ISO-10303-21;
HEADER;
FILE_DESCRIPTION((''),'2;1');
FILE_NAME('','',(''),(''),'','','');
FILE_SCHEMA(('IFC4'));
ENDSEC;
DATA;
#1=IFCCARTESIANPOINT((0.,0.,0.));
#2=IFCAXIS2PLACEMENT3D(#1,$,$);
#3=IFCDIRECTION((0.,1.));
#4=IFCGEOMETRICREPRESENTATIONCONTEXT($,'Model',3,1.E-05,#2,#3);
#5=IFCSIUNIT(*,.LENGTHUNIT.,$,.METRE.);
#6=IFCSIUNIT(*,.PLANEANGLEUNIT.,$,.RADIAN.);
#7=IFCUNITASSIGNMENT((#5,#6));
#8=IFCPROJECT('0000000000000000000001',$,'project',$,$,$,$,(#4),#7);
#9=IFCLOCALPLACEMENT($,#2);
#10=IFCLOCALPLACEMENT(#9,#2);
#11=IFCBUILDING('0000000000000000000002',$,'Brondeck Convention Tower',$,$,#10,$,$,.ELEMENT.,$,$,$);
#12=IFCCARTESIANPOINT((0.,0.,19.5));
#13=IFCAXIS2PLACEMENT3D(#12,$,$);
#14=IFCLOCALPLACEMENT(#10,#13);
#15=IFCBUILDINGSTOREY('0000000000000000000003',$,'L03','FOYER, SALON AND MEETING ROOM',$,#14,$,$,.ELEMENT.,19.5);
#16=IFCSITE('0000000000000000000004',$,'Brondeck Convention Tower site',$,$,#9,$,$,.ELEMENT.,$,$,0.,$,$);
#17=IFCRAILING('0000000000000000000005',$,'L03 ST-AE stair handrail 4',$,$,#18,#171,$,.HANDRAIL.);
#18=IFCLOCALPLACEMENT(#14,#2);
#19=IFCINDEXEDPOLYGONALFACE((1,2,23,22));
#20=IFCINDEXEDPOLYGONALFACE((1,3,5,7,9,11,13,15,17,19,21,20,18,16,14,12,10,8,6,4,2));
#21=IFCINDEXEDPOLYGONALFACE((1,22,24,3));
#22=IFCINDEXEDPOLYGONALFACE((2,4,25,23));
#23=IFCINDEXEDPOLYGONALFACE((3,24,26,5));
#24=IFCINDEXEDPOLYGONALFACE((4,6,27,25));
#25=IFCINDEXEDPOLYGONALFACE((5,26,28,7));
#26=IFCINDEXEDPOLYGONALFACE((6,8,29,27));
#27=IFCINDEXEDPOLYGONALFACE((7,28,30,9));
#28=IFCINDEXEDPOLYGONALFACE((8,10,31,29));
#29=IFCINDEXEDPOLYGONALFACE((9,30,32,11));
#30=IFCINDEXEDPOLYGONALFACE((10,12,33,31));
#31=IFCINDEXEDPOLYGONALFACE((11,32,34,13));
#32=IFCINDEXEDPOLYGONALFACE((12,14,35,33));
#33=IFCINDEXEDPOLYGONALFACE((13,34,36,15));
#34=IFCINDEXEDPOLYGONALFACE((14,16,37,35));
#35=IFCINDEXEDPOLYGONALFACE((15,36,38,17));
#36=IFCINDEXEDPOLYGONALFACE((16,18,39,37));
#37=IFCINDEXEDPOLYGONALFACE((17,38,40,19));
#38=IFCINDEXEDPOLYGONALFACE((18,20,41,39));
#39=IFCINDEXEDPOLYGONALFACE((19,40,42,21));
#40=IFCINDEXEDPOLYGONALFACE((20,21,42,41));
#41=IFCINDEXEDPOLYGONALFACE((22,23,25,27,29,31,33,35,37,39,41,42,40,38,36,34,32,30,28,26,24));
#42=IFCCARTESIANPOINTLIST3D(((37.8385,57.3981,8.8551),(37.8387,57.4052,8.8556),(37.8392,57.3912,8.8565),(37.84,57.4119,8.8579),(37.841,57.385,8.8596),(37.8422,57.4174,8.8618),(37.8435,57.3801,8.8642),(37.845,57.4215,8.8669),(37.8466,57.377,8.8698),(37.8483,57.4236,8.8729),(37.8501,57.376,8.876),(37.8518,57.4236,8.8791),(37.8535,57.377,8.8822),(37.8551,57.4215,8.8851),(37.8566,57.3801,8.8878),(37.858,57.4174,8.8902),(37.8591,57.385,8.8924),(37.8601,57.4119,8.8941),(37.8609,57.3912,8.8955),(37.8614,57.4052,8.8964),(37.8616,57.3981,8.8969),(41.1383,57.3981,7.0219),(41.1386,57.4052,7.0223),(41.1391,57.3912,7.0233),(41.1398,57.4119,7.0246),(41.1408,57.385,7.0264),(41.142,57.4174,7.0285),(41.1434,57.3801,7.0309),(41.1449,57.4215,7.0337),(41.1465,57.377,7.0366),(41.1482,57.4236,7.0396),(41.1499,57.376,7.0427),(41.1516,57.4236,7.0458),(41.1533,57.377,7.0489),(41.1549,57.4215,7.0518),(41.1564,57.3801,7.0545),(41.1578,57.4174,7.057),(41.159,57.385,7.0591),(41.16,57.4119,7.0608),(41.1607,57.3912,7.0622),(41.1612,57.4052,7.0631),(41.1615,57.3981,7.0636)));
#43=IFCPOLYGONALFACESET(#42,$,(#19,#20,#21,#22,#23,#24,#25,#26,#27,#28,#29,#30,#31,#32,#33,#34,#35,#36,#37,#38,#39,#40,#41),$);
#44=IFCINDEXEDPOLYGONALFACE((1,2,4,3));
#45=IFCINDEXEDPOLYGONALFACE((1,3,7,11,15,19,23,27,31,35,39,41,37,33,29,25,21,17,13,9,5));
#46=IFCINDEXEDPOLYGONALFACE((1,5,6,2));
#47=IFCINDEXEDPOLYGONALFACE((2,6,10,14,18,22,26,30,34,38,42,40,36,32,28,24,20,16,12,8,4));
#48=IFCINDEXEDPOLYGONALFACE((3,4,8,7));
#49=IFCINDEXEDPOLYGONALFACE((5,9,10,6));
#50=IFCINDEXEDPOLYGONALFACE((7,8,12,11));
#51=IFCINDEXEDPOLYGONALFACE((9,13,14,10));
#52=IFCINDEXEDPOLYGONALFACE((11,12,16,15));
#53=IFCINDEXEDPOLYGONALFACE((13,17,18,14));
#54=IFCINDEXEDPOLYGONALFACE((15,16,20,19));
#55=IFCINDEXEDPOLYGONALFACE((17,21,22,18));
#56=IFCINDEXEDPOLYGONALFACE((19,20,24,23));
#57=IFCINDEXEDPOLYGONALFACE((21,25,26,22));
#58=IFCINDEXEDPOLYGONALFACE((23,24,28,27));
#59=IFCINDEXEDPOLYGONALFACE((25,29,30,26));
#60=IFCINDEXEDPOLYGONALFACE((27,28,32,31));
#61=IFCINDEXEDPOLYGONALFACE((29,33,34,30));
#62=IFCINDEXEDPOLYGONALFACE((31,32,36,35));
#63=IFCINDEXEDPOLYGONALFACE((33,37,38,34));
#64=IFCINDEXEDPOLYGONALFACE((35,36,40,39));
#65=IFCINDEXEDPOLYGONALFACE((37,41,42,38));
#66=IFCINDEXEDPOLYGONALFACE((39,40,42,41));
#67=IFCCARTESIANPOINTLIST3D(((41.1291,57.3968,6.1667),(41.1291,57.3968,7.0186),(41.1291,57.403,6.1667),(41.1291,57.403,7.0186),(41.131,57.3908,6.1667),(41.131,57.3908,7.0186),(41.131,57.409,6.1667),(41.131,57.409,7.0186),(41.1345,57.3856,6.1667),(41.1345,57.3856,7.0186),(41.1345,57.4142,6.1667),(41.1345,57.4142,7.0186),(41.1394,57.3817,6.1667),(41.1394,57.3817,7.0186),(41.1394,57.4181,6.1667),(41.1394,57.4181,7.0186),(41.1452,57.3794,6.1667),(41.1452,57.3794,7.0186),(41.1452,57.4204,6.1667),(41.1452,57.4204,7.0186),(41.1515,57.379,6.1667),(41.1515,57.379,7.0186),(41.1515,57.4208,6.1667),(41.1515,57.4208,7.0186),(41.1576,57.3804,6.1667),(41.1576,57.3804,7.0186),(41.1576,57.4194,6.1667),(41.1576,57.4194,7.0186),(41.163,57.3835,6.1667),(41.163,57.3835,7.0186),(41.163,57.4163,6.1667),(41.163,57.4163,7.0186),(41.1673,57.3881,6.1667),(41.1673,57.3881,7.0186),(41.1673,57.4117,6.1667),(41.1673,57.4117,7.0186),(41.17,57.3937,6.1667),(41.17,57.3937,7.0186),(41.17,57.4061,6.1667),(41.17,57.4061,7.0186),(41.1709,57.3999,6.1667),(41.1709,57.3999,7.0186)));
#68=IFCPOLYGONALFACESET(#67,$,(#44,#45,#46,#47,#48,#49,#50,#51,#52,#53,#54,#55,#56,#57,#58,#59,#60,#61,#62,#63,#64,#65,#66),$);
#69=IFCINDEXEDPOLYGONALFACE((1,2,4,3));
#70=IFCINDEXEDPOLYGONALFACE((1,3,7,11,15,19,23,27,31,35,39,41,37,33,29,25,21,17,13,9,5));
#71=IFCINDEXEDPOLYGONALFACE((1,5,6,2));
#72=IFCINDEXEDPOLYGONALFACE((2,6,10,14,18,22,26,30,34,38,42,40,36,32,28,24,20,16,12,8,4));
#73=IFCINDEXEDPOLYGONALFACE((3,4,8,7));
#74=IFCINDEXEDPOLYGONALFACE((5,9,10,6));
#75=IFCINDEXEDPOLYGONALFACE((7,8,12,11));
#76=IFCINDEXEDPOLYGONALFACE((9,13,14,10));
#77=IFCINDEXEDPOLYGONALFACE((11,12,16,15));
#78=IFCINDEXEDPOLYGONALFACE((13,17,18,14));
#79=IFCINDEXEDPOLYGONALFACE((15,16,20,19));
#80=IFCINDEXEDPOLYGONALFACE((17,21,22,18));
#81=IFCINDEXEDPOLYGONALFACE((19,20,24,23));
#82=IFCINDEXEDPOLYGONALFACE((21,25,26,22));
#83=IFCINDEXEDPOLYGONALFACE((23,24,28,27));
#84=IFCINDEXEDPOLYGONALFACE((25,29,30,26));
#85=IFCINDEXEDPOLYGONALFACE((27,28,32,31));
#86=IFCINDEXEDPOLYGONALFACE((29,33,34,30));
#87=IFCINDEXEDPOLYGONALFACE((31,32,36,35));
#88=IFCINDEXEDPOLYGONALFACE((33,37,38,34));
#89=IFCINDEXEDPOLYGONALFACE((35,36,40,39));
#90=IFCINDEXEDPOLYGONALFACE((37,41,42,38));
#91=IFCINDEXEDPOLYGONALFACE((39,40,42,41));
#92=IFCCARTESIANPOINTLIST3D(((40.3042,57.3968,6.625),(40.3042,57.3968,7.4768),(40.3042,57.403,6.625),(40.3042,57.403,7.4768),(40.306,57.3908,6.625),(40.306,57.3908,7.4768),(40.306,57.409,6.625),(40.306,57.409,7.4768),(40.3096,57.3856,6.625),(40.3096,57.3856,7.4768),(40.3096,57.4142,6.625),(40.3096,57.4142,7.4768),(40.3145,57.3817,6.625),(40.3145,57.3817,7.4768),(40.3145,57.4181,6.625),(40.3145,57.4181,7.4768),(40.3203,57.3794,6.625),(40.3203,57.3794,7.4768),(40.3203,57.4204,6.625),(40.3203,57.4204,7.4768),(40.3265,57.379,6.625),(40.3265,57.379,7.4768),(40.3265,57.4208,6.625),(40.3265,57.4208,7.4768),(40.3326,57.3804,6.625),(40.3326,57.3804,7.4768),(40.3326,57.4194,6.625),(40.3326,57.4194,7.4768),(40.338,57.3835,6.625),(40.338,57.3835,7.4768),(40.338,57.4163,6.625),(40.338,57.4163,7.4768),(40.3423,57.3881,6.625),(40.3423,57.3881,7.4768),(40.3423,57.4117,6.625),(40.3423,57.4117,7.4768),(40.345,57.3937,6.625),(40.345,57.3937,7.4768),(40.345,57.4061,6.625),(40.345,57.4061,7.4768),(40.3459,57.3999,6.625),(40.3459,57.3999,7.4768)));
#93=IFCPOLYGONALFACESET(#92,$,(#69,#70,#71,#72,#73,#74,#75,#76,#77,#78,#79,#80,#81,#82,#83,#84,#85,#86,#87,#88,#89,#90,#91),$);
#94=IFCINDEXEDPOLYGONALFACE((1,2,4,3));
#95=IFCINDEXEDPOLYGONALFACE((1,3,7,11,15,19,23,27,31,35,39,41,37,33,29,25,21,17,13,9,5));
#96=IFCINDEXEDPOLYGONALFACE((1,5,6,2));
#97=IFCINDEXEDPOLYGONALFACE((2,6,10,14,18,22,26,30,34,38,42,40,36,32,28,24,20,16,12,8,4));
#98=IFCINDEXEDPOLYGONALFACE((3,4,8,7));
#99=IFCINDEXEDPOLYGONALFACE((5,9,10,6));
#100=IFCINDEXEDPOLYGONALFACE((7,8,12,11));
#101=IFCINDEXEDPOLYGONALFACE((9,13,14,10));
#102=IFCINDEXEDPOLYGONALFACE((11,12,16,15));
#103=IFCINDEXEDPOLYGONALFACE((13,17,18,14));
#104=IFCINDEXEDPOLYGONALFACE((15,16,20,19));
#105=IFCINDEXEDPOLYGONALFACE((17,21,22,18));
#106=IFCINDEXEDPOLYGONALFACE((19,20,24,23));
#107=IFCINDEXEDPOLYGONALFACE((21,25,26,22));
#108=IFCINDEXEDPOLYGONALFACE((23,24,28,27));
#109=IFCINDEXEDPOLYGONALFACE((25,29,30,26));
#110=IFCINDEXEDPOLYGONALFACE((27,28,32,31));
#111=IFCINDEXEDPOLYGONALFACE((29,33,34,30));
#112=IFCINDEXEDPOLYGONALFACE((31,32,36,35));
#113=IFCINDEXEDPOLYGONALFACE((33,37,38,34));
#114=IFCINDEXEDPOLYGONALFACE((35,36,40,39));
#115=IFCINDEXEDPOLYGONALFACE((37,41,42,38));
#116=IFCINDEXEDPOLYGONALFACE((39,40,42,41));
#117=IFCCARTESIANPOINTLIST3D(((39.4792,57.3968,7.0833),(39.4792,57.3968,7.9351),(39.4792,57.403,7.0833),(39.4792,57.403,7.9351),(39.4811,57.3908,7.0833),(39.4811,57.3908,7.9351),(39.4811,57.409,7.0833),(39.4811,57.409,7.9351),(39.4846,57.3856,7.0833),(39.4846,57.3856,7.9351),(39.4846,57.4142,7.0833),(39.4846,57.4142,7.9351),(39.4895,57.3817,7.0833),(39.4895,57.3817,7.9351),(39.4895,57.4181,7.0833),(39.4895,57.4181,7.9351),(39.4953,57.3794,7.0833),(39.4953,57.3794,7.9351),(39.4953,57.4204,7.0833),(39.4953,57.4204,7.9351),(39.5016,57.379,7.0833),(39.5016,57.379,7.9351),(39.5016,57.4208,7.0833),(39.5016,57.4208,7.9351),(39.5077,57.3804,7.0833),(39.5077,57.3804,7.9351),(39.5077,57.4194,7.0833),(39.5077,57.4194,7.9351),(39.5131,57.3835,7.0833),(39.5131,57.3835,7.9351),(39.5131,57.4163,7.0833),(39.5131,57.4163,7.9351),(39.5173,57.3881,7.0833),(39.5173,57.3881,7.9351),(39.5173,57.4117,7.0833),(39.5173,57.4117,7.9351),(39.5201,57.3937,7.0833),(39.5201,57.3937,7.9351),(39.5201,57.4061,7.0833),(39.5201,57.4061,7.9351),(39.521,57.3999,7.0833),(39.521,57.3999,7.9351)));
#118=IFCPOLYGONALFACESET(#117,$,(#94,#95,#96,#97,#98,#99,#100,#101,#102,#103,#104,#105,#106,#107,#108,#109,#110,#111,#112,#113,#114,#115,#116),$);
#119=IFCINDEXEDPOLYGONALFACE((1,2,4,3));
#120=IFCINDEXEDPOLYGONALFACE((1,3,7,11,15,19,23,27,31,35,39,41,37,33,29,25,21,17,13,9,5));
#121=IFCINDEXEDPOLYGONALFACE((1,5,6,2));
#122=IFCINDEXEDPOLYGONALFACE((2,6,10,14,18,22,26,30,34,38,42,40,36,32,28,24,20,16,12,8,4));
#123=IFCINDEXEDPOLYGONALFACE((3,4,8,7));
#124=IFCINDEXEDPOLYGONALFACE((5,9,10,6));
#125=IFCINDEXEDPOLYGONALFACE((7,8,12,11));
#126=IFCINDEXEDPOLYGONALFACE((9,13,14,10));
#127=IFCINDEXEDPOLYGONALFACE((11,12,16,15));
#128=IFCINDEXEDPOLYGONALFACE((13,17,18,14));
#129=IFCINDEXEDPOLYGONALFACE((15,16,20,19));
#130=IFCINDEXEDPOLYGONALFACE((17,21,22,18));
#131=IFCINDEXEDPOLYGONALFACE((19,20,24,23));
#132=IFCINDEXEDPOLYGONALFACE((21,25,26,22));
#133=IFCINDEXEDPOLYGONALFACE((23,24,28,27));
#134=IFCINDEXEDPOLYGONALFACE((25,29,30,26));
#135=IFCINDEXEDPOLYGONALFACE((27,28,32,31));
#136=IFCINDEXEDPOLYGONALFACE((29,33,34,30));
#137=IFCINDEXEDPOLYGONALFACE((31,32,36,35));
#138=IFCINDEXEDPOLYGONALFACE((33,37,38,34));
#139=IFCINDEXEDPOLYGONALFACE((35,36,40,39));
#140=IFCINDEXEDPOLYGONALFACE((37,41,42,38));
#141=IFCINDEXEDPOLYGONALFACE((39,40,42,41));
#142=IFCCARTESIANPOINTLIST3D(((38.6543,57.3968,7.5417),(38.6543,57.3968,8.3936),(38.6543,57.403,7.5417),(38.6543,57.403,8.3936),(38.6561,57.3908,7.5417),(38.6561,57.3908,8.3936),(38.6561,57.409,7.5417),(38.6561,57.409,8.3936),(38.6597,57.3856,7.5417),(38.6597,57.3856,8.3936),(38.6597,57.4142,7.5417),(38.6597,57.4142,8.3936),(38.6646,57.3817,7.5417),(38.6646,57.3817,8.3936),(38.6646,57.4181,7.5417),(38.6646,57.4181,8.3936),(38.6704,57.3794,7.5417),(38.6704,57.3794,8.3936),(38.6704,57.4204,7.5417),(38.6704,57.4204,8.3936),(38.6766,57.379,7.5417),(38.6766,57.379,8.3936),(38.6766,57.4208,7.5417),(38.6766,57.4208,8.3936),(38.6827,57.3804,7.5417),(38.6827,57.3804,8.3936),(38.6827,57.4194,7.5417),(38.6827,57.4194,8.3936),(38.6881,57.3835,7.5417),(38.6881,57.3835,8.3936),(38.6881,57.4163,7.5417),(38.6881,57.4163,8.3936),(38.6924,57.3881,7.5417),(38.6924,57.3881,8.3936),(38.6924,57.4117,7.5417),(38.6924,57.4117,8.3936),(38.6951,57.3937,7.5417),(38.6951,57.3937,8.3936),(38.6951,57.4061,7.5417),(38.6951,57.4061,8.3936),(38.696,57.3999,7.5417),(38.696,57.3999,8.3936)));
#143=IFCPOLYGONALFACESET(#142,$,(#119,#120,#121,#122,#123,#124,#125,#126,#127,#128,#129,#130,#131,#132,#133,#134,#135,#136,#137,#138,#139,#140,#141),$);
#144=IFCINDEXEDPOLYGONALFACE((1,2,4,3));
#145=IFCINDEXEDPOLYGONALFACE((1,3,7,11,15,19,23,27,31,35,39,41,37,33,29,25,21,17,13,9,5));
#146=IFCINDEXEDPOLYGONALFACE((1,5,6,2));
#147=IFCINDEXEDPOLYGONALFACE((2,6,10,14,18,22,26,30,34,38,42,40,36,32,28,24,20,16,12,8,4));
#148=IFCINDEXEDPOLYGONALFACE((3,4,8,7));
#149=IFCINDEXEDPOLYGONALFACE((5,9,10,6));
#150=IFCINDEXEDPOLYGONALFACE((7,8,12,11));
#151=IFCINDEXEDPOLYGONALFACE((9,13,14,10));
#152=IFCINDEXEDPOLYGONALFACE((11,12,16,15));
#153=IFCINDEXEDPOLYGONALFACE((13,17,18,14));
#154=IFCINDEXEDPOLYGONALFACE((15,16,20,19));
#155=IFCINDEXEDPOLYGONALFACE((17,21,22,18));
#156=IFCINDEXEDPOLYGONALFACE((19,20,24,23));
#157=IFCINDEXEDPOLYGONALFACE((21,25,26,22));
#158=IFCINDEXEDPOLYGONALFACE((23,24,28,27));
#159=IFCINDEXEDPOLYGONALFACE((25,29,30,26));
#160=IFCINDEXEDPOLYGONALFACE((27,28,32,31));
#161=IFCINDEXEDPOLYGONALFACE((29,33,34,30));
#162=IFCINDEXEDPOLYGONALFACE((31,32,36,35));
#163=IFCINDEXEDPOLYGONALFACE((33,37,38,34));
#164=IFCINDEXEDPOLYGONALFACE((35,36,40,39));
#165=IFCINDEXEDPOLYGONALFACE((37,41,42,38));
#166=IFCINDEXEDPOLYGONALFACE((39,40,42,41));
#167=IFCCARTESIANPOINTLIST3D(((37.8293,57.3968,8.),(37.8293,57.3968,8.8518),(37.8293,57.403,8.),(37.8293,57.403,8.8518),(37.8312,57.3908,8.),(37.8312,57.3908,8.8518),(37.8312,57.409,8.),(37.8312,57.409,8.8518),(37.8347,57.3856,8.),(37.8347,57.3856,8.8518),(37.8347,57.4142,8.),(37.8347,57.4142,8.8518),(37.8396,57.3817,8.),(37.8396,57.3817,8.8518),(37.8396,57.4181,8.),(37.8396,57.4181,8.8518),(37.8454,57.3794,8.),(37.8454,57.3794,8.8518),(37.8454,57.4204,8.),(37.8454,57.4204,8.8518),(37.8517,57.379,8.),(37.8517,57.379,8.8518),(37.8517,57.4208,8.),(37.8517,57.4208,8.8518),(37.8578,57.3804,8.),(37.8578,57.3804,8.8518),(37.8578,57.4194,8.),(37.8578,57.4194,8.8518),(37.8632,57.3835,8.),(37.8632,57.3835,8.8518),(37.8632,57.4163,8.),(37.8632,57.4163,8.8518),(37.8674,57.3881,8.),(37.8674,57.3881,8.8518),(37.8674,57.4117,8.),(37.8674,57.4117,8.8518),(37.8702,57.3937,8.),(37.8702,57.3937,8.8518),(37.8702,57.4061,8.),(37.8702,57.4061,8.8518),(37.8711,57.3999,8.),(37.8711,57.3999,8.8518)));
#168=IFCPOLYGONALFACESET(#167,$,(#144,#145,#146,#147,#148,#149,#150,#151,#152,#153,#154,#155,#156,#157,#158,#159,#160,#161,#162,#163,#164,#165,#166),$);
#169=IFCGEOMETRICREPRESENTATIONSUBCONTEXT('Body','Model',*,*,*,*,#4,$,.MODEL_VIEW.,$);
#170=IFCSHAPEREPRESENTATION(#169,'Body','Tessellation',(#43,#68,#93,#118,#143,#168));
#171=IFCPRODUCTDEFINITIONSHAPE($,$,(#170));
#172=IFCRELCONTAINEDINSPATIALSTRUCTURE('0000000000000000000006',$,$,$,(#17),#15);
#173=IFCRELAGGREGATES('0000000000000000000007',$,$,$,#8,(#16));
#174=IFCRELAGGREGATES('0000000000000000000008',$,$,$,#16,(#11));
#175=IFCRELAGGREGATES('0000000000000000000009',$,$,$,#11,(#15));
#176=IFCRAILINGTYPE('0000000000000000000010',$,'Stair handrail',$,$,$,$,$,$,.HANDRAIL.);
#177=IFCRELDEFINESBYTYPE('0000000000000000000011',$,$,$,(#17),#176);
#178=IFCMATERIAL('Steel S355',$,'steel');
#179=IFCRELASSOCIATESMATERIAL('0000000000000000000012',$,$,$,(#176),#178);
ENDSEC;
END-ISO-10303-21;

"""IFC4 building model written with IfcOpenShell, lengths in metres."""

from ifc_helpers import new_model, si_unit, direction, frame, origin, origin_2d, place, context, subcontext, project, spatial, circle, extrude, material, type_object, element, save


model = new_model("IFC4")

# Units and contexts
model_context = context("Model", 3, precision=1e-05, world=origin(), true_north=direction((0.0, 1.0)))
body_context = subcontext(model_context, "Body", "Model", "MODEL_VIEW")
ifc_project = project(units=[si_unit("LENGTHUNIT", "METRE"), si_unit("PLANEANGLEUNIT", "RADIAN")], contexts=[model_context])

# Site, building, storey
site_placement = place(None, origin())
site = spatial("IfcSite", under=ifc_project, at=site_placement, Name="Brondeck Convention Tower site", CompositionType="ELEMENT", RefElevation=0.0)
building_placement = place(site_placement, origin())
building = spatial("IfcBuilding", under=site, at=building_placement, Name="Brondeck Convention Tower", CompositionType="ELEMENT")
storey_placement = place(building_placement, frame((0.0, 0.0, 19.5)))
storey = spatial("IfcBuildingStorey", under=building, at=storey_placement, Name="L03", Description="FOYER, SALON AND MEETING ROOM", CompositionType="ELEMENT", Elevation=19.5)

# Shared definitions
ifc_material_1 = material(Name="Steel S355", Category="steel")

# Railing
railing_type_1 = type_object("IfcRailingType", Name="Stair handrail", PredefinedType="HANDRAIL", material=ifc_material_1)
railing_1_placement = place(storey_placement, frame((41.1499, 57.3999, 6.1667)))
element("IfcRailing", 1, at=railing_1_placement, inside=storey, type_object=railing_type_1, Name="L03 ST-AE stair handrail 4", PredefinedType="HANDRAIL", context=body_context, shape_type="SweptSolid", body=[
    extrude(circle(Radius=0.0239, at=origin_2d()), frame((0.0, 0.0, 0.876), z_axis=(-0.874154, 0.0, 0.485648), x_axis=(0.0, -1.0, 0.0)), (0.0, 0.0, 1.0), 3.7749),
    extrude(circle(Radius=0.021, at=origin_2d()), origin(), (0.0, 0.0, 1.0), 0.8518),
    extrude(circle(Radius=0.021, at=origin_2d()), frame((-0.825, 0.0, 0.4583)), (0.0, 0.0, 1.0), 0.8518),
    extrude(circle(Radius=0.021, at=origin_2d()), frame((-1.6499, 0.0, 0.9165)), (0.0, 0.0, 1.0), 0.8518),
    extrude(circle(Radius=0.021, at=origin_2d()), frame((-2.4749, 0.0, 1.375)), (0.0, 0.0, 1.0), 0.8518),
    extrude(circle(Radius=0.021, at=origin_2d()), frame((-3.2998, 0.0, 1.8333)), (0.0, 0.0, 1.0), 0.8518),
])

save(model, "model.ifc")
